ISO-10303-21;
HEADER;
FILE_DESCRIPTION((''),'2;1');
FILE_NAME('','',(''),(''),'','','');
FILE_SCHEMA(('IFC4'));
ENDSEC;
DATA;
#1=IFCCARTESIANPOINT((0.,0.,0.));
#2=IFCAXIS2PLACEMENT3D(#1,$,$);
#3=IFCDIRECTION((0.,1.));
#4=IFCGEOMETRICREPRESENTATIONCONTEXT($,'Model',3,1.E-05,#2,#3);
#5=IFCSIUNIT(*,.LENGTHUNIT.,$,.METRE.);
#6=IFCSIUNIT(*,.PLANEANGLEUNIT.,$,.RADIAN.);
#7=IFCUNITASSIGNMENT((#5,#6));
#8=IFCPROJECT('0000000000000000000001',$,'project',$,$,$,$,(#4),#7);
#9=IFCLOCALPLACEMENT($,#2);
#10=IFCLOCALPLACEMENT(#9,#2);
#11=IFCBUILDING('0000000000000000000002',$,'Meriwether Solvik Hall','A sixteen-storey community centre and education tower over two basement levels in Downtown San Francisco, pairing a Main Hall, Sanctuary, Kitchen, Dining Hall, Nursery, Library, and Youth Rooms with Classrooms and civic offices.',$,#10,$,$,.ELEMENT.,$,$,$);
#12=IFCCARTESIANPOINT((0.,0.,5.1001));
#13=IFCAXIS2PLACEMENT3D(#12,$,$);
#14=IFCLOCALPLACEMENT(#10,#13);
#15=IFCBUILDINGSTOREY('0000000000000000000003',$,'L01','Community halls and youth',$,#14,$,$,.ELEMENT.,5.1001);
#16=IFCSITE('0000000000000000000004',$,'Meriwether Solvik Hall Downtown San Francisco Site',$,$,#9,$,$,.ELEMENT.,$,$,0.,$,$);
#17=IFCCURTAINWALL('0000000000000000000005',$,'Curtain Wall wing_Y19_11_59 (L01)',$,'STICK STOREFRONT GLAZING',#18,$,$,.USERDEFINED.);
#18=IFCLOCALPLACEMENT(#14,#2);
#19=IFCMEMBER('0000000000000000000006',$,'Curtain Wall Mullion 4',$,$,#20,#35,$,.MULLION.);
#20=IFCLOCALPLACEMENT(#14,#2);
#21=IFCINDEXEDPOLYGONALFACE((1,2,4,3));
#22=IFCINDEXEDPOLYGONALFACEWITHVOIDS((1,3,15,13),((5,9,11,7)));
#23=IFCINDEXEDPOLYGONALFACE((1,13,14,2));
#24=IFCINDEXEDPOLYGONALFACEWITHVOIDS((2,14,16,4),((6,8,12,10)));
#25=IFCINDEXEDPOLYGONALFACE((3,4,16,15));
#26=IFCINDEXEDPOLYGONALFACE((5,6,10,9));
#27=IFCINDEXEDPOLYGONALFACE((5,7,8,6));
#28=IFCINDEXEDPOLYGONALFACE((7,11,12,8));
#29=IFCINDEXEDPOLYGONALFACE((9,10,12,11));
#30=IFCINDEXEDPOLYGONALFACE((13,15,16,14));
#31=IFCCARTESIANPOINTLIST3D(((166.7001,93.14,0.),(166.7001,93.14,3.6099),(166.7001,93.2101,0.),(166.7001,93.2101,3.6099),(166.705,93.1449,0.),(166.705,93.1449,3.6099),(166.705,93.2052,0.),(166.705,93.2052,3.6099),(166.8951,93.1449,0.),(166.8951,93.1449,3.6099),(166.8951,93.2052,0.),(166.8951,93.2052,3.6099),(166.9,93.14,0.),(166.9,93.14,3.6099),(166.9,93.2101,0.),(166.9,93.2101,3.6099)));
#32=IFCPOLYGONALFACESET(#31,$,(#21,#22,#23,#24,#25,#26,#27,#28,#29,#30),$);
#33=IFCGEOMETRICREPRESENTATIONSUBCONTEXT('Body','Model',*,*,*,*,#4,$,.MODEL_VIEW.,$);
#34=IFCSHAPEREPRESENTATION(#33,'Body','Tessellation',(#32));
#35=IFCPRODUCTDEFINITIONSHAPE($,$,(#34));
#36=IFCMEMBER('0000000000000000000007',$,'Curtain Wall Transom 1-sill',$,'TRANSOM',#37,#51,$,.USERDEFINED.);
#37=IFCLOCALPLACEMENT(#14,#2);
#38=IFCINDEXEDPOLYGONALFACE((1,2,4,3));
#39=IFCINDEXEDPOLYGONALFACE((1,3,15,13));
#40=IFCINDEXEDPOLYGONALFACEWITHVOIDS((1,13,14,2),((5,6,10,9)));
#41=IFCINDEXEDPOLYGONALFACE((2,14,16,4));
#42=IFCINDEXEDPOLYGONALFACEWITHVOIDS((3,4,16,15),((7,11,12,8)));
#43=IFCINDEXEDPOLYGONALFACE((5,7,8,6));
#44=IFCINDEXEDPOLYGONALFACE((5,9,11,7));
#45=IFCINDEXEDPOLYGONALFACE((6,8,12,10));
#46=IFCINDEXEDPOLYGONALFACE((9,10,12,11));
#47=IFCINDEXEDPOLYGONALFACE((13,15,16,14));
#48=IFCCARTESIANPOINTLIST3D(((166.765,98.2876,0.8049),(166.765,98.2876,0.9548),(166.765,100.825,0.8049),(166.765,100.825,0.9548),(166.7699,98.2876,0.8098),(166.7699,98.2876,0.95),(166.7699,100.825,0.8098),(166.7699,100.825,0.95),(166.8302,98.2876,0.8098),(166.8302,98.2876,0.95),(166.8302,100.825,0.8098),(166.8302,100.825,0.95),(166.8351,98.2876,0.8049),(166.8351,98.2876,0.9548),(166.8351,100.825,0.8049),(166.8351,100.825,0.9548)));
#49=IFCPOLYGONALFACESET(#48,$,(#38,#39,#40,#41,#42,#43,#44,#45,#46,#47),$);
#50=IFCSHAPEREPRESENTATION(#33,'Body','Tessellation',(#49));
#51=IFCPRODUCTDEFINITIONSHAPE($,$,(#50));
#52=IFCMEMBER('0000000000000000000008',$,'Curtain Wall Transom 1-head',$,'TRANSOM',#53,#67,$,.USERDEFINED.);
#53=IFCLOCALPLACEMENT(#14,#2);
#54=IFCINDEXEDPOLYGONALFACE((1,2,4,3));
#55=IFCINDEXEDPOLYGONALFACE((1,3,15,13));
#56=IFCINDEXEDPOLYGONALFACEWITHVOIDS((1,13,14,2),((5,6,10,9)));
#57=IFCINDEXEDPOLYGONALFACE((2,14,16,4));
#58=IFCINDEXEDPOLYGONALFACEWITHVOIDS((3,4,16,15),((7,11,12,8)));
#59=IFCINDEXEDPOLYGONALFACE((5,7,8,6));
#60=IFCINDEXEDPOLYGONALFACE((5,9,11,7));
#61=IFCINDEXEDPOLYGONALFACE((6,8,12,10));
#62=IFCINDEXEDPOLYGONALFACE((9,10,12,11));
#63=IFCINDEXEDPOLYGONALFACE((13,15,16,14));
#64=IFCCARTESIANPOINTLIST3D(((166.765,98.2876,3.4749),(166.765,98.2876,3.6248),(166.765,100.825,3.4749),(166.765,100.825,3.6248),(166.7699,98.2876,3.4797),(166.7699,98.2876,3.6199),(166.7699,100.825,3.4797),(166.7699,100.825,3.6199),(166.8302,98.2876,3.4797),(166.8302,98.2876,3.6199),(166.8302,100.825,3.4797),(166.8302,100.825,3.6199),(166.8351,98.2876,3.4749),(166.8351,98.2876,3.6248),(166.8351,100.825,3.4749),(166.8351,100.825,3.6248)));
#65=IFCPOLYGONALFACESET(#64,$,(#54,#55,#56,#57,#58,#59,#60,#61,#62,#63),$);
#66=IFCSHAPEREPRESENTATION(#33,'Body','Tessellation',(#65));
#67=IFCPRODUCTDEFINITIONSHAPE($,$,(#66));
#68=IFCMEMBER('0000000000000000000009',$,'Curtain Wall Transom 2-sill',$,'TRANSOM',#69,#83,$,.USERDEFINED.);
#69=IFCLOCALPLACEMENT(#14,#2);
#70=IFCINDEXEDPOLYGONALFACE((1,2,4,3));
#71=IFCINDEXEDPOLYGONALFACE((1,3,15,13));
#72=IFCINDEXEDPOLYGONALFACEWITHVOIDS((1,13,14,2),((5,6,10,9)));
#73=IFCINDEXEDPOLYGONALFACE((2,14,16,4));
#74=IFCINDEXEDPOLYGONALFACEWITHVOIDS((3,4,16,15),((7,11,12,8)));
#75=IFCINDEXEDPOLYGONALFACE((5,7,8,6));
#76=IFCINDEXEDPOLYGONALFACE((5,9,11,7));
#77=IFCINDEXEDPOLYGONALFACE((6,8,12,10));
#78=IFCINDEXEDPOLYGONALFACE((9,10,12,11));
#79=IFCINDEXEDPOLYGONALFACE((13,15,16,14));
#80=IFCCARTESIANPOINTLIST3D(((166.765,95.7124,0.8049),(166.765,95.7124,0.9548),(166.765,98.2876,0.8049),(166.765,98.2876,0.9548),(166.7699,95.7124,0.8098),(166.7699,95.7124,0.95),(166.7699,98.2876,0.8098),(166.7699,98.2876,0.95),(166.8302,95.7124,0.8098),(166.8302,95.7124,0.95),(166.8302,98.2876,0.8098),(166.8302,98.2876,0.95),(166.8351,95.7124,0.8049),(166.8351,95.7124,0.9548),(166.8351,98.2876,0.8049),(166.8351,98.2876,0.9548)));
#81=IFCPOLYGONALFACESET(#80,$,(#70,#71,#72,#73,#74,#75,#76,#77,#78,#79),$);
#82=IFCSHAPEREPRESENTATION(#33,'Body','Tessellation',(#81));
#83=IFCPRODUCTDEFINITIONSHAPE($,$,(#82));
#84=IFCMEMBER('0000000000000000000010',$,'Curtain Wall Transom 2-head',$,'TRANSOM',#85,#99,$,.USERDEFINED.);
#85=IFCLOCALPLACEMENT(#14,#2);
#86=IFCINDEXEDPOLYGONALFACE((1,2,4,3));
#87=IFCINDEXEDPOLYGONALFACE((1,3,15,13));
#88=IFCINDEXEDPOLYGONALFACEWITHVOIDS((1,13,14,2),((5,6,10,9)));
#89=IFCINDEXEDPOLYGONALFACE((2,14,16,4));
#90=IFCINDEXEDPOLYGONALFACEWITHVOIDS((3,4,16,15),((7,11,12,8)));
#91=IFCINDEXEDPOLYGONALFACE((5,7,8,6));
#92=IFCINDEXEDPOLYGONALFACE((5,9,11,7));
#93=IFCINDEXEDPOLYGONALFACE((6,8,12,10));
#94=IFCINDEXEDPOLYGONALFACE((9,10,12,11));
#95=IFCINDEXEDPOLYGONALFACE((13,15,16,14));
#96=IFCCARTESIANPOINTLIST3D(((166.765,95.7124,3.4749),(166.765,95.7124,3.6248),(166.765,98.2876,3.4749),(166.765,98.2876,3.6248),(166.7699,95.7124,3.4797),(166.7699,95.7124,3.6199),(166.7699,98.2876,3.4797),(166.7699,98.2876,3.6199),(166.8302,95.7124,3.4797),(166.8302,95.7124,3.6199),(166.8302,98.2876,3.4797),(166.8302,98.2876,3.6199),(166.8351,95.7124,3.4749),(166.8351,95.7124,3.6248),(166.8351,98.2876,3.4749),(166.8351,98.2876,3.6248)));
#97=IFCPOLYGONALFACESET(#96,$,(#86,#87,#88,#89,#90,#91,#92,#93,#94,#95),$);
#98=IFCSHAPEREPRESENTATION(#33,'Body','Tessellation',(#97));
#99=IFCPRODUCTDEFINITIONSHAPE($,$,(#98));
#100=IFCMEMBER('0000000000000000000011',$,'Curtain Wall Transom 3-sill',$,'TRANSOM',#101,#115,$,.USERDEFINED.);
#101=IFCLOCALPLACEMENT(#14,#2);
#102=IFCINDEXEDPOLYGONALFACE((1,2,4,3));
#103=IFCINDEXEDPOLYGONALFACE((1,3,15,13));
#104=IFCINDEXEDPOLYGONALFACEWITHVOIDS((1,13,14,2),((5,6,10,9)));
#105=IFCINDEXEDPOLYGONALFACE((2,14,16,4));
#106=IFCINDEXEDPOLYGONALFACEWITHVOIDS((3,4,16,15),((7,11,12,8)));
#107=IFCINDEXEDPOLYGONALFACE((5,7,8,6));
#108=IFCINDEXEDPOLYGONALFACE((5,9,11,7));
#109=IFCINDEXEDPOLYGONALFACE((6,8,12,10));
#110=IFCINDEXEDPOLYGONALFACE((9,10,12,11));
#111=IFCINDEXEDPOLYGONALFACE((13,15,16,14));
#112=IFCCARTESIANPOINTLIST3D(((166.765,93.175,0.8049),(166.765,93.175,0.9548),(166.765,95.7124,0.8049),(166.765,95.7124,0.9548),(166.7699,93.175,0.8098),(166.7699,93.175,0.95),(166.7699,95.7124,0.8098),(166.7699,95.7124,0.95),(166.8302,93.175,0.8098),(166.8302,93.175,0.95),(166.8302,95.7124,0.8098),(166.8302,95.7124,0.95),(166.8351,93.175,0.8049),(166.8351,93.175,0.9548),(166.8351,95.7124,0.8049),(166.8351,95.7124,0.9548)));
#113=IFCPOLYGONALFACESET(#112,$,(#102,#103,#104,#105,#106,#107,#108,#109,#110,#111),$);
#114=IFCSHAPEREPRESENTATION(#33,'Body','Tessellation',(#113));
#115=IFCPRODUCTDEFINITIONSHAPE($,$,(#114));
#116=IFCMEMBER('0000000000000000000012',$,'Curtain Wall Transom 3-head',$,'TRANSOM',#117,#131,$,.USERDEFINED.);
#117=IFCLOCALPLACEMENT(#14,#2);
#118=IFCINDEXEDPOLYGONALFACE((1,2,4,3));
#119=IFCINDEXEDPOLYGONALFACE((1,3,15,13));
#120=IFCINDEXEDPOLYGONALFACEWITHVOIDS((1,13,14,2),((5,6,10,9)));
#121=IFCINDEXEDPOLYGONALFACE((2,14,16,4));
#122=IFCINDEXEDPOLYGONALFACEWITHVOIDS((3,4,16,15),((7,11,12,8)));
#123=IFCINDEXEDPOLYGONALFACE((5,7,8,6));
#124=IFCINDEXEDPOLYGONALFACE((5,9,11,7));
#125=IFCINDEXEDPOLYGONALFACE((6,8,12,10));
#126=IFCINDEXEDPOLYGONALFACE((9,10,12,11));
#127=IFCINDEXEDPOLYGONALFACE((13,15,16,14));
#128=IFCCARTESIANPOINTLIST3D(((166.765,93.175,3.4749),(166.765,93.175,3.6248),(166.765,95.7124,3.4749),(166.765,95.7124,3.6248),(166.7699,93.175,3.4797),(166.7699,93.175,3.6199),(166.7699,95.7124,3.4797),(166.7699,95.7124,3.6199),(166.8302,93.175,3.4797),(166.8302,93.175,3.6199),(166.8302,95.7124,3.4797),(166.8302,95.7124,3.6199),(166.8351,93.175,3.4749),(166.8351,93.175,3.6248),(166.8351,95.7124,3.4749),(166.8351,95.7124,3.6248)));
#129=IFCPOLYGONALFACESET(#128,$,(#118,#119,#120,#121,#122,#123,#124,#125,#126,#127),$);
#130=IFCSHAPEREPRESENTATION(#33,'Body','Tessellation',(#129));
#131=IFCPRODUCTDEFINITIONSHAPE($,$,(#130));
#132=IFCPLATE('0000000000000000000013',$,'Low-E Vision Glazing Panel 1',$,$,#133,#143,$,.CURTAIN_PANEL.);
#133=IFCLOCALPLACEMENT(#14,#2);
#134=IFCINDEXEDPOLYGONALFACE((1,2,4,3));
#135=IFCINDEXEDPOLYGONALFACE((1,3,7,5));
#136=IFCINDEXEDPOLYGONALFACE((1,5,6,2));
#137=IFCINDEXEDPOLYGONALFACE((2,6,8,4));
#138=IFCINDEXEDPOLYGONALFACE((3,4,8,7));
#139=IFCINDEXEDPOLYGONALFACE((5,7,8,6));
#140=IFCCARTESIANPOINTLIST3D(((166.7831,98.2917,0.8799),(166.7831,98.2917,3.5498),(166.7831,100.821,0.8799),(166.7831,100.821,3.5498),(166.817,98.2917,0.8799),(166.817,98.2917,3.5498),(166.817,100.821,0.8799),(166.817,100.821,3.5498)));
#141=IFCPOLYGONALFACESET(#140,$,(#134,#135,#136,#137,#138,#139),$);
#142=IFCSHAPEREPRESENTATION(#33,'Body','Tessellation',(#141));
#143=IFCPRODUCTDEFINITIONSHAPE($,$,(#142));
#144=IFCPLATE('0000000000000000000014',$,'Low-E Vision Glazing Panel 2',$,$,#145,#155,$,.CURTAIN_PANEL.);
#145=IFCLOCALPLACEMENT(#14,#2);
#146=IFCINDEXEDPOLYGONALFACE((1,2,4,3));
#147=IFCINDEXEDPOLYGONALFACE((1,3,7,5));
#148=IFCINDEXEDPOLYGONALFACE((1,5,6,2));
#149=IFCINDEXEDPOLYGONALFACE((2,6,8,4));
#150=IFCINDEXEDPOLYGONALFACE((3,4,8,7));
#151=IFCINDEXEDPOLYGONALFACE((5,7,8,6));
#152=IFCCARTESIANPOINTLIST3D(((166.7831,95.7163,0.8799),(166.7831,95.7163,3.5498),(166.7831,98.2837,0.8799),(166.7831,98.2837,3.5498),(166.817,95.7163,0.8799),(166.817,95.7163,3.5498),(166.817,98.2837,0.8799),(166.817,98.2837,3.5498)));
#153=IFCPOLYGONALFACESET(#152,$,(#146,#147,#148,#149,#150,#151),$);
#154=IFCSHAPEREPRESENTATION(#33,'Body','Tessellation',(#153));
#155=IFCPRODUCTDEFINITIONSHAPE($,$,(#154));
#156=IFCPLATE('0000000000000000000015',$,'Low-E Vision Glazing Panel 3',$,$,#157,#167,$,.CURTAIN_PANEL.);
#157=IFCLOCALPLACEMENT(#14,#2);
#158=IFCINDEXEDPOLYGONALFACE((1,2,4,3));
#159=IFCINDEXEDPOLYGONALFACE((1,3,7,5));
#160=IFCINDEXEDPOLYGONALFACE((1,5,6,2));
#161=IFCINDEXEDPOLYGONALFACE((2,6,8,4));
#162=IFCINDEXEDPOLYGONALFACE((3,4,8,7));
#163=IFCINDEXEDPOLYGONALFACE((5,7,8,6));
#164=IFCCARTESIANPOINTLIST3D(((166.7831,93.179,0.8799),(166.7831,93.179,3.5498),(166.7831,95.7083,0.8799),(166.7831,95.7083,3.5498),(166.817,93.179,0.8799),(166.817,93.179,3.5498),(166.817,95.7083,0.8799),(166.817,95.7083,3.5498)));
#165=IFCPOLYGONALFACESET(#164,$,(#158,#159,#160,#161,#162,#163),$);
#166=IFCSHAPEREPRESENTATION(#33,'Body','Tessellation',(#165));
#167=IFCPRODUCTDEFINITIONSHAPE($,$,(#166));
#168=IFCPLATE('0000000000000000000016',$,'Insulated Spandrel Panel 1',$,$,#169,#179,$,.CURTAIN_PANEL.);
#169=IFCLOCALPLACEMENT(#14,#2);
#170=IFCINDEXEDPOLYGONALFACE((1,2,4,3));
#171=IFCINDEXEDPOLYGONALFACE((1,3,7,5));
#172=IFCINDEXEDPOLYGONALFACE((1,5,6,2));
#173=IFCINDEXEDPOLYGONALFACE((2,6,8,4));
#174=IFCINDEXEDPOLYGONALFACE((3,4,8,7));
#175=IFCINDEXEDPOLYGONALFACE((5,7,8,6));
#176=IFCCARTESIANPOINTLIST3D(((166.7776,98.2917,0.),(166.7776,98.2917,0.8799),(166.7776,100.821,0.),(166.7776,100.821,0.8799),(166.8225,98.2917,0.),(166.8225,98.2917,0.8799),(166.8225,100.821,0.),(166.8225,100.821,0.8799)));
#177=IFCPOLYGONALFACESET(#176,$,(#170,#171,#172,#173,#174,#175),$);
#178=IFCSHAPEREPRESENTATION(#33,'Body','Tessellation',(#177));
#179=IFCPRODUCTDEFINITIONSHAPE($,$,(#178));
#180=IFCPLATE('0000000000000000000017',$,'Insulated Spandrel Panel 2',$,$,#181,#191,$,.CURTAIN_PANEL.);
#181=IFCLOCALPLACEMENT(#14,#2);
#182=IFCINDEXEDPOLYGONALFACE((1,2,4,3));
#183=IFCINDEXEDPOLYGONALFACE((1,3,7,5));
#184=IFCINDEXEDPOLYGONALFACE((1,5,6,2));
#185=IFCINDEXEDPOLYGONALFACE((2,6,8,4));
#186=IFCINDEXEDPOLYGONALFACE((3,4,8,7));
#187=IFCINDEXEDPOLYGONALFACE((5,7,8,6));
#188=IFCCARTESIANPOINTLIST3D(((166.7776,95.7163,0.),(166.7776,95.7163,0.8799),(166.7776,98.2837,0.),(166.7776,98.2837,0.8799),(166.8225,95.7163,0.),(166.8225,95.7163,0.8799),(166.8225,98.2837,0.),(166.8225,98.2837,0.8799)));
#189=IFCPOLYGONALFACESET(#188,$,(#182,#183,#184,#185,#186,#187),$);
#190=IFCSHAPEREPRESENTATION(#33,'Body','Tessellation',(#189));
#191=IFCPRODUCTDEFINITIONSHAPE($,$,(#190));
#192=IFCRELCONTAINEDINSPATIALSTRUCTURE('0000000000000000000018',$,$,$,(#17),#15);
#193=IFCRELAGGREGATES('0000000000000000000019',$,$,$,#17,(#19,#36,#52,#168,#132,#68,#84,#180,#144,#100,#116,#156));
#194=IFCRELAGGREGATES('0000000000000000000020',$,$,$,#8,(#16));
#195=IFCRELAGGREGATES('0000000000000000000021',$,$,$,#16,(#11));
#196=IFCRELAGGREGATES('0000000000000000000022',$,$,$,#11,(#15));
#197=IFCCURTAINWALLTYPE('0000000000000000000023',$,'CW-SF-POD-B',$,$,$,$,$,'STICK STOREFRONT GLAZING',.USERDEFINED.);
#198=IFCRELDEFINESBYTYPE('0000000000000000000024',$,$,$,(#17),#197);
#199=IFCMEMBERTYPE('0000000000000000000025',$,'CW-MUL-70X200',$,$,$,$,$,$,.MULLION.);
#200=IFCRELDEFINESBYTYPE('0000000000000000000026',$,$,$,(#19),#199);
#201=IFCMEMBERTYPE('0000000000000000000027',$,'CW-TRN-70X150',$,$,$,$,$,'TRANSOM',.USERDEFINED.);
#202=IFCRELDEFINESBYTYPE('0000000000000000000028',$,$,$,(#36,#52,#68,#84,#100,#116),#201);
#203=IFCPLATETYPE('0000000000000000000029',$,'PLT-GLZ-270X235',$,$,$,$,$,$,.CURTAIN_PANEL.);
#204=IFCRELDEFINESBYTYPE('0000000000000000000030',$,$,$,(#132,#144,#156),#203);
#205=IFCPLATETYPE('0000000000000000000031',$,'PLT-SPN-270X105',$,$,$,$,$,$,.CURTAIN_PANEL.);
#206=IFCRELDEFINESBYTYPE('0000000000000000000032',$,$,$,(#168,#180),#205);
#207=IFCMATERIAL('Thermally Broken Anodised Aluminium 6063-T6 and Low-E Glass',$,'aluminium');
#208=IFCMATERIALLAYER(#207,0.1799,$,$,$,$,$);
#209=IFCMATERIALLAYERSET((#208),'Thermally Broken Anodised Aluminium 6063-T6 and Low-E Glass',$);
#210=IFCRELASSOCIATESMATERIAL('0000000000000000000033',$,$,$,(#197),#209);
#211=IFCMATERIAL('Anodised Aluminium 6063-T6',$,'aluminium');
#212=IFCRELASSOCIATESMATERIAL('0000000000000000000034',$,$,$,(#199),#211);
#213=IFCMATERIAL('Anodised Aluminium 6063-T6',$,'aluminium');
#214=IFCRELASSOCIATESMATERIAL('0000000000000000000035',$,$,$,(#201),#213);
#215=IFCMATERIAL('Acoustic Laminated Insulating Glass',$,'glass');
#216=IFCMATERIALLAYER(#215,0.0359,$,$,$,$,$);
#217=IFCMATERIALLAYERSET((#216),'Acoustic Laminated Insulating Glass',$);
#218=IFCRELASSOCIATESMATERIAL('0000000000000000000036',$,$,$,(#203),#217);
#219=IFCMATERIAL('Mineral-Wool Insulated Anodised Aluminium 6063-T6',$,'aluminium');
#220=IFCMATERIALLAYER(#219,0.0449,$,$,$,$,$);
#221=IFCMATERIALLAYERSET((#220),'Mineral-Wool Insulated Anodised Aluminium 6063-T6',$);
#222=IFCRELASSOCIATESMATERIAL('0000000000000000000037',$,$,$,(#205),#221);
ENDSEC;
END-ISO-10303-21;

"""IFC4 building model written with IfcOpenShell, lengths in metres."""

from ifc_helpers import new_model, si_unit, direction, frame, origin, origin_2d, place, context, subcontext, project, spatial, rectangle, hollow_rectangle, extrude, material, layer, layer_set, material_profile, profile_set, type_object, element, aggregate, save


model = new_model("IFC4")

# Units and contexts
model_context = context("Model", 3, precision=1e-05, world=origin(), true_north=direction((0.0, 1.0)))
body_context = subcontext(model_context, "Body", "Model", "MODEL_VIEW")
ifc_project = project(units=[si_unit("LENGTHUNIT", "METRE"), si_unit("PLANEANGLEUNIT", "RADIAN")], contexts=[model_context])

# Site, building, storey
site_placement = place(None, origin())
site = spatial("IfcSite", under=ifc_project, at=site_placement, Name="Meriwether Solvik Hall Downtown San Francisco Site", CompositionType="ELEMENT", RefElevation=0.0)
building_placement = place(site_placement, origin())
building = spatial("IfcBuilding", under=site, at=building_placement, Name="Meriwether Solvik Hall", Description="A sixteen-storey community centre and education tower over two basement levels in Downtown San Francisco, pairing a Main Hall, Sanctuary, Kitchen, Dining Hall, Nursery, Library, and Youth Rooms with Classrooms and civic offices.", CompositionType="ELEMENT")
storey_placement = place(building_placement, frame((0.0, 0.0, 5.1001)))
storey = spatial("IfcBuildingStorey", under=building, at=storey_placement, Name="L01", Description="Community halls and youth", CompositionType="ELEMENT", Elevation=5.1001)

# Curtain wall, members, plates
ifc_material_1 = material(Name="Thermally Broken Anodised Aluminium 6063-T6 and Low-E Glass", Category="aluminium")
ifc_layer_1 = layer(ifc_material_1, 0.1799)
ifc_layer_set_1 = layer_set([ifc_layer_1], Name="Thermally Broken Anodised Aluminium 6063-T6 and Low-E Glass")
curtain_wall_type = type_object("IfcCurtainWallType", Name="CW-SF-POD-B", ElementType="STICK STOREFRONT GLAZING", PredefinedType="USERDEFINED", material=ifc_layer_set_1)
curtain_wall_placement = place(storey_placement, origin())
curtain_wall = element("IfcCurtainWall", 1, at=curtain_wall_placement, inside=storey, type_object=curtain_wall_type, Name="Curtain Wall wing_Y19_11_59 (L01)", ObjectType="STICK STOREFRONT GLAZING", PredefinedType="USERDEFINED")
ifc_material_2 = material(Name="Anodised Aluminium 6063-T6", Category="aluminium")
ifc_material_profile_1 = material_profile(ifc_material_2, hollow_rectangle(XDim=0.0701, YDim=0.2, WallThickness=0.0049, at=origin_2d()), Name="CWM-70X200")
ifc_profile_set_1 = profile_set([ifc_material_profile_1], Name="Anodised Aluminium 6063-T6")
member_type_1 = type_object("IfcMemberType", Name="CW-MUL-70X200", PredefinedType="MULLION", material=ifc_profile_set_1)
member_1_placement = place(storey_placement, frame((166.8, 93.175, 0.0), z_axis=(0.0, 0.0, 1.0), x_axis=(0.0, -1.0, 0.0)))
member_1 = element("IfcMember", 2, at=member_1_placement, type_object=member_type_1, Name="Curtain Wall Mullion 4", PredefinedType="MULLION", context=body_context, shape_type="SweptSolid", body=[
    extrude(hollow_rectangle(XDim=0.0701, YDim=0.2, WallThickness=0.0049, at=origin_2d()), origin(), (0.0, 0.0, 1.0), 3.6099),
])
ifc_material_3 = material(Name="Anodised Aluminium 6063-T6", Category="aluminium")
ifc_material_profile_2 = material_profile(ifc_material_3, hollow_rectangle(XDim=0.0701, YDim=0.1499, WallThickness=0.0049, at=origin_2d()), Name="CWT-70X150")
ifc_profile_set_2 = profile_set([ifc_material_profile_2], Name="Anodised Aluminium 6063-T6")
member_type_2 = type_object("IfcMemberType", Name="CW-TRN-70X150", ElementType="TRANSOM", PredefinedType="USERDEFINED", material=ifc_profile_set_2)
member_2_placement = place(storey_placement, frame((166.8, 100.825, 0.8799), z_axis=(0.0, -1.0, 0.0), x_axis=(1.0, 0.0, 0.0)))
member_2 = element("IfcMember", 3, at=member_2_placement, type_object=member_type_2, Name="Curtain Wall Transom 1-sill", ObjectType="TRANSOM", PredefinedType="USERDEFINED", context=body_context, shape_type="SweptSolid", body=[
    extrude(hollow_rectangle(XDim=0.0701, YDim=0.1499, WallThickness=0.0049, at=origin_2d()), origin(), (0.0, 0.0, 1.0), 2.5374),
])
member_3_placement = place(storey_placement, frame((166.8, 100.825, 3.5498), z_axis=(0.0, -1.0, 0.0), x_axis=(1.0, 0.0, 0.0)))
member_3 = element("IfcMember", 4, at=member_3_placement, type_object=member_type_2, Name="Curtain Wall Transom 1-head", ObjectType="TRANSOM", PredefinedType="USERDEFINED", context=body_context, shape_type="SweptSolid", body=[
    extrude(hollow_rectangle(XDim=0.0701, YDim=0.1499, WallThickness=0.0049, at=origin_2d()), origin(), (0.0, 0.0, 1.0), 2.5374),
])
member_4_placement = place(storey_placement, frame((166.8, 98.2876, 0.8799), z_axis=(0.0, -1.0, 0.0), x_axis=(1.0, 0.0, 0.0)))
member_4 = element("IfcMember", 5, at=member_4_placement, type_object=member_type_2, Name="Curtain Wall Transom 2-sill", ObjectType="TRANSOM", PredefinedType="USERDEFINED", context=body_context, shape_type="SweptSolid", body=[
    extrude(hollow_rectangle(XDim=0.0701, YDim=0.1499, WallThickness=0.0049, at=origin_2d()), origin(), (0.0, 0.0, 1.0), 2.5752),
])
member_5_placement = place(storey_placement, frame((166.8, 98.2876, 3.5498), z_axis=(0.0, -1.0, 0.0), x_axis=(1.0, 0.0, 0.0)))
member_5 = element("IfcMember", 6, at=member_5_placement, type_object=member_type_2, Name="Curtain Wall Transom 2-head", ObjectType="TRANSOM", PredefinedType="USERDEFINED", context=body_context, shape_type="SweptSolid", body=[
    extrude(hollow_rectangle(XDim=0.0701, YDim=0.1499, WallThickness=0.0049, at=origin_2d()), origin(), (0.0, 0.0, 1.0), 2.5752),
])
member_6_placement = place(storey_placement, frame((166.8, 95.7124, 0.8799), z_axis=(0.0, -1.0, 0.0), x_axis=(1.0, 0.0, 0.0)))
member_6 = element("IfcMember", 7, at=member_6_placement, type_object=member_type_2, Name="Curtain Wall Transom 3-sill", ObjectType="TRANSOM", PredefinedType="USERDEFINED", context=body_context, shape_type="SweptSolid", body=[
    extrude(hollow_rectangle(XDim=0.0701, YDim=0.1499, WallThickness=0.0049, at=origin_2d()), origin(), (0.0, 0.0, 1.0), 2.5374),
])
member_7_placement = place(storey_placement, frame((166.8, 95.7124, 3.5498), z_axis=(0.0, -1.0, 0.0), x_axis=(1.0, 0.0, 0.0)))
member_7 = element("IfcMember", 8, at=member_7_placement, type_object=member_type_2, Name="Curtain Wall Transom 3-head", ObjectType="TRANSOM", PredefinedType="USERDEFINED", context=body_context, shape_type="SweptSolid", body=[
    extrude(hollow_rectangle(XDim=0.0701, YDim=0.1499, WallThickness=0.0049, at=origin_2d()), origin(), (0.0, 0.0, 1.0), 2.5374),
])
ifc_material_4 = material(Name="Acoustic Laminated Insulating Glass", Category="glass")
ifc_layer_2 = layer(ifc_material_4, 0.0359)
ifc_layer_set_2 = layer_set([ifc_layer_2], Name="Acoustic Laminated Insulating Glass")
plate_type_1 = type_object("IfcPlateType", Name="PLT-GLZ-270X235", PredefinedType="CURTAIN_PANEL", material=ifc_layer_set_2)
plate_1_placement = place(storey_placement, frame((166.8, 99.5564, 0.8799), z_axis=(0.0, 0.0, 1.0), x_axis=(0.0, -1.0, 0.0)))
plate_1 = element("IfcPlate", 9, at=plate_1_placement, type_object=plate_type_1, Name="Low-E Vision Glazing Panel 1", PredefinedType="CURTAIN_PANEL", context=body_context, shape_type="SweptSolid", body=[
    extrude(rectangle(XDim=2.5293, YDim=0.0339, at=origin_2d()), origin(), (0.0, 0.0, 1.0), 2.6699),
])
plate_2_placement = place(storey_placement, frame((166.8, 97.0, 0.8799), z_axis=(0.0, 0.0, 1.0), x_axis=(0.0, -1.0, 0.0)))
plate_2 = element("IfcPlate", 10, at=plate_2_placement, type_object=plate_type_1, Name="Low-E Vision Glazing Panel 2", PredefinedType="CURTAIN_PANEL", context=body_context, shape_type="SweptSolid", body=[
    extrude(rectangle(XDim=2.5674, YDim=0.0339, at=origin_2d()), origin(), (0.0, 0.0, 1.0), 2.6699),
])
plate_3_placement = place(storey_placement, frame((166.8, 94.4436, 0.8799), z_axis=(0.0, 0.0, 1.0), x_axis=(0.0, -1.0, 0.0)))
plate_3 = element("IfcPlate", 11, at=plate_3_placement, type_object=plate_type_1, Name="Low-E Vision Glazing Panel 3", PredefinedType="CURTAIN_PANEL", context=body_context, shape_type="SweptSolid", body=[
    extrude(rectangle(XDim=2.5293, YDim=0.0339, at=origin_2d()), origin(), (0.0, 0.0, 1.0), 2.6699),
])
ifc_material_5 = material(Name="Mineral-Wool Insulated Anodised Aluminium 6063-T6", Category="aluminium")
ifc_layer_3 = layer(ifc_material_5, 0.0449)
ifc_layer_set_3 = layer_set([ifc_layer_3], Name="Mineral-Wool Insulated Anodised Aluminium 6063-T6")
plate_type_2 = type_object("IfcPlateType", Name="PLT-SPN-270X105", PredefinedType="CURTAIN_PANEL", material=ifc_layer_set_3)
plate_4_placement = place(storey_placement, frame((166.8, 99.5564, 0.0), z_axis=(0.0, 0.0, 1.0), x_axis=(0.0, -1.0, 0.0)))
plate_4 = element("IfcPlate", 12, at=plate_4_placement, type_object=plate_type_2, Name="Insulated Spandrel Panel 1", PredefinedType="CURTAIN_PANEL", context=body_context, shape_type="SweptSolid", body=[
    extrude(rectangle(XDim=2.5293, YDim=0.0449, at=origin_2d()), origin(), (0.0, 0.0, 1.0), 0.8799),
])
plate_5_placement = place(storey_placement, frame((166.8, 97.0, 0.0), z_axis=(0.0, 0.0, 1.0), x_axis=(0.0, -1.0, 0.0)))
plate_5 = element("IfcPlate", 13, at=plate_5_placement, type_object=plate_type_2, Name="Insulated Spandrel Panel 2", PredefinedType="CURTAIN_PANEL", context=body_context, shape_type="SweptSolid", body=[
    extrude(rectangle(XDim=2.5674, YDim=0.0449, at=origin_2d()), origin(), (0.0, 0.0, 1.0), 0.8799),
])
aggregate(curtain_wall, [member_1, member_2, member_3, plate_4, plate_1, member_4, member_5, plate_5, plate_2, member_6, member_7, plate_3])

save(model, "model.ifc")
